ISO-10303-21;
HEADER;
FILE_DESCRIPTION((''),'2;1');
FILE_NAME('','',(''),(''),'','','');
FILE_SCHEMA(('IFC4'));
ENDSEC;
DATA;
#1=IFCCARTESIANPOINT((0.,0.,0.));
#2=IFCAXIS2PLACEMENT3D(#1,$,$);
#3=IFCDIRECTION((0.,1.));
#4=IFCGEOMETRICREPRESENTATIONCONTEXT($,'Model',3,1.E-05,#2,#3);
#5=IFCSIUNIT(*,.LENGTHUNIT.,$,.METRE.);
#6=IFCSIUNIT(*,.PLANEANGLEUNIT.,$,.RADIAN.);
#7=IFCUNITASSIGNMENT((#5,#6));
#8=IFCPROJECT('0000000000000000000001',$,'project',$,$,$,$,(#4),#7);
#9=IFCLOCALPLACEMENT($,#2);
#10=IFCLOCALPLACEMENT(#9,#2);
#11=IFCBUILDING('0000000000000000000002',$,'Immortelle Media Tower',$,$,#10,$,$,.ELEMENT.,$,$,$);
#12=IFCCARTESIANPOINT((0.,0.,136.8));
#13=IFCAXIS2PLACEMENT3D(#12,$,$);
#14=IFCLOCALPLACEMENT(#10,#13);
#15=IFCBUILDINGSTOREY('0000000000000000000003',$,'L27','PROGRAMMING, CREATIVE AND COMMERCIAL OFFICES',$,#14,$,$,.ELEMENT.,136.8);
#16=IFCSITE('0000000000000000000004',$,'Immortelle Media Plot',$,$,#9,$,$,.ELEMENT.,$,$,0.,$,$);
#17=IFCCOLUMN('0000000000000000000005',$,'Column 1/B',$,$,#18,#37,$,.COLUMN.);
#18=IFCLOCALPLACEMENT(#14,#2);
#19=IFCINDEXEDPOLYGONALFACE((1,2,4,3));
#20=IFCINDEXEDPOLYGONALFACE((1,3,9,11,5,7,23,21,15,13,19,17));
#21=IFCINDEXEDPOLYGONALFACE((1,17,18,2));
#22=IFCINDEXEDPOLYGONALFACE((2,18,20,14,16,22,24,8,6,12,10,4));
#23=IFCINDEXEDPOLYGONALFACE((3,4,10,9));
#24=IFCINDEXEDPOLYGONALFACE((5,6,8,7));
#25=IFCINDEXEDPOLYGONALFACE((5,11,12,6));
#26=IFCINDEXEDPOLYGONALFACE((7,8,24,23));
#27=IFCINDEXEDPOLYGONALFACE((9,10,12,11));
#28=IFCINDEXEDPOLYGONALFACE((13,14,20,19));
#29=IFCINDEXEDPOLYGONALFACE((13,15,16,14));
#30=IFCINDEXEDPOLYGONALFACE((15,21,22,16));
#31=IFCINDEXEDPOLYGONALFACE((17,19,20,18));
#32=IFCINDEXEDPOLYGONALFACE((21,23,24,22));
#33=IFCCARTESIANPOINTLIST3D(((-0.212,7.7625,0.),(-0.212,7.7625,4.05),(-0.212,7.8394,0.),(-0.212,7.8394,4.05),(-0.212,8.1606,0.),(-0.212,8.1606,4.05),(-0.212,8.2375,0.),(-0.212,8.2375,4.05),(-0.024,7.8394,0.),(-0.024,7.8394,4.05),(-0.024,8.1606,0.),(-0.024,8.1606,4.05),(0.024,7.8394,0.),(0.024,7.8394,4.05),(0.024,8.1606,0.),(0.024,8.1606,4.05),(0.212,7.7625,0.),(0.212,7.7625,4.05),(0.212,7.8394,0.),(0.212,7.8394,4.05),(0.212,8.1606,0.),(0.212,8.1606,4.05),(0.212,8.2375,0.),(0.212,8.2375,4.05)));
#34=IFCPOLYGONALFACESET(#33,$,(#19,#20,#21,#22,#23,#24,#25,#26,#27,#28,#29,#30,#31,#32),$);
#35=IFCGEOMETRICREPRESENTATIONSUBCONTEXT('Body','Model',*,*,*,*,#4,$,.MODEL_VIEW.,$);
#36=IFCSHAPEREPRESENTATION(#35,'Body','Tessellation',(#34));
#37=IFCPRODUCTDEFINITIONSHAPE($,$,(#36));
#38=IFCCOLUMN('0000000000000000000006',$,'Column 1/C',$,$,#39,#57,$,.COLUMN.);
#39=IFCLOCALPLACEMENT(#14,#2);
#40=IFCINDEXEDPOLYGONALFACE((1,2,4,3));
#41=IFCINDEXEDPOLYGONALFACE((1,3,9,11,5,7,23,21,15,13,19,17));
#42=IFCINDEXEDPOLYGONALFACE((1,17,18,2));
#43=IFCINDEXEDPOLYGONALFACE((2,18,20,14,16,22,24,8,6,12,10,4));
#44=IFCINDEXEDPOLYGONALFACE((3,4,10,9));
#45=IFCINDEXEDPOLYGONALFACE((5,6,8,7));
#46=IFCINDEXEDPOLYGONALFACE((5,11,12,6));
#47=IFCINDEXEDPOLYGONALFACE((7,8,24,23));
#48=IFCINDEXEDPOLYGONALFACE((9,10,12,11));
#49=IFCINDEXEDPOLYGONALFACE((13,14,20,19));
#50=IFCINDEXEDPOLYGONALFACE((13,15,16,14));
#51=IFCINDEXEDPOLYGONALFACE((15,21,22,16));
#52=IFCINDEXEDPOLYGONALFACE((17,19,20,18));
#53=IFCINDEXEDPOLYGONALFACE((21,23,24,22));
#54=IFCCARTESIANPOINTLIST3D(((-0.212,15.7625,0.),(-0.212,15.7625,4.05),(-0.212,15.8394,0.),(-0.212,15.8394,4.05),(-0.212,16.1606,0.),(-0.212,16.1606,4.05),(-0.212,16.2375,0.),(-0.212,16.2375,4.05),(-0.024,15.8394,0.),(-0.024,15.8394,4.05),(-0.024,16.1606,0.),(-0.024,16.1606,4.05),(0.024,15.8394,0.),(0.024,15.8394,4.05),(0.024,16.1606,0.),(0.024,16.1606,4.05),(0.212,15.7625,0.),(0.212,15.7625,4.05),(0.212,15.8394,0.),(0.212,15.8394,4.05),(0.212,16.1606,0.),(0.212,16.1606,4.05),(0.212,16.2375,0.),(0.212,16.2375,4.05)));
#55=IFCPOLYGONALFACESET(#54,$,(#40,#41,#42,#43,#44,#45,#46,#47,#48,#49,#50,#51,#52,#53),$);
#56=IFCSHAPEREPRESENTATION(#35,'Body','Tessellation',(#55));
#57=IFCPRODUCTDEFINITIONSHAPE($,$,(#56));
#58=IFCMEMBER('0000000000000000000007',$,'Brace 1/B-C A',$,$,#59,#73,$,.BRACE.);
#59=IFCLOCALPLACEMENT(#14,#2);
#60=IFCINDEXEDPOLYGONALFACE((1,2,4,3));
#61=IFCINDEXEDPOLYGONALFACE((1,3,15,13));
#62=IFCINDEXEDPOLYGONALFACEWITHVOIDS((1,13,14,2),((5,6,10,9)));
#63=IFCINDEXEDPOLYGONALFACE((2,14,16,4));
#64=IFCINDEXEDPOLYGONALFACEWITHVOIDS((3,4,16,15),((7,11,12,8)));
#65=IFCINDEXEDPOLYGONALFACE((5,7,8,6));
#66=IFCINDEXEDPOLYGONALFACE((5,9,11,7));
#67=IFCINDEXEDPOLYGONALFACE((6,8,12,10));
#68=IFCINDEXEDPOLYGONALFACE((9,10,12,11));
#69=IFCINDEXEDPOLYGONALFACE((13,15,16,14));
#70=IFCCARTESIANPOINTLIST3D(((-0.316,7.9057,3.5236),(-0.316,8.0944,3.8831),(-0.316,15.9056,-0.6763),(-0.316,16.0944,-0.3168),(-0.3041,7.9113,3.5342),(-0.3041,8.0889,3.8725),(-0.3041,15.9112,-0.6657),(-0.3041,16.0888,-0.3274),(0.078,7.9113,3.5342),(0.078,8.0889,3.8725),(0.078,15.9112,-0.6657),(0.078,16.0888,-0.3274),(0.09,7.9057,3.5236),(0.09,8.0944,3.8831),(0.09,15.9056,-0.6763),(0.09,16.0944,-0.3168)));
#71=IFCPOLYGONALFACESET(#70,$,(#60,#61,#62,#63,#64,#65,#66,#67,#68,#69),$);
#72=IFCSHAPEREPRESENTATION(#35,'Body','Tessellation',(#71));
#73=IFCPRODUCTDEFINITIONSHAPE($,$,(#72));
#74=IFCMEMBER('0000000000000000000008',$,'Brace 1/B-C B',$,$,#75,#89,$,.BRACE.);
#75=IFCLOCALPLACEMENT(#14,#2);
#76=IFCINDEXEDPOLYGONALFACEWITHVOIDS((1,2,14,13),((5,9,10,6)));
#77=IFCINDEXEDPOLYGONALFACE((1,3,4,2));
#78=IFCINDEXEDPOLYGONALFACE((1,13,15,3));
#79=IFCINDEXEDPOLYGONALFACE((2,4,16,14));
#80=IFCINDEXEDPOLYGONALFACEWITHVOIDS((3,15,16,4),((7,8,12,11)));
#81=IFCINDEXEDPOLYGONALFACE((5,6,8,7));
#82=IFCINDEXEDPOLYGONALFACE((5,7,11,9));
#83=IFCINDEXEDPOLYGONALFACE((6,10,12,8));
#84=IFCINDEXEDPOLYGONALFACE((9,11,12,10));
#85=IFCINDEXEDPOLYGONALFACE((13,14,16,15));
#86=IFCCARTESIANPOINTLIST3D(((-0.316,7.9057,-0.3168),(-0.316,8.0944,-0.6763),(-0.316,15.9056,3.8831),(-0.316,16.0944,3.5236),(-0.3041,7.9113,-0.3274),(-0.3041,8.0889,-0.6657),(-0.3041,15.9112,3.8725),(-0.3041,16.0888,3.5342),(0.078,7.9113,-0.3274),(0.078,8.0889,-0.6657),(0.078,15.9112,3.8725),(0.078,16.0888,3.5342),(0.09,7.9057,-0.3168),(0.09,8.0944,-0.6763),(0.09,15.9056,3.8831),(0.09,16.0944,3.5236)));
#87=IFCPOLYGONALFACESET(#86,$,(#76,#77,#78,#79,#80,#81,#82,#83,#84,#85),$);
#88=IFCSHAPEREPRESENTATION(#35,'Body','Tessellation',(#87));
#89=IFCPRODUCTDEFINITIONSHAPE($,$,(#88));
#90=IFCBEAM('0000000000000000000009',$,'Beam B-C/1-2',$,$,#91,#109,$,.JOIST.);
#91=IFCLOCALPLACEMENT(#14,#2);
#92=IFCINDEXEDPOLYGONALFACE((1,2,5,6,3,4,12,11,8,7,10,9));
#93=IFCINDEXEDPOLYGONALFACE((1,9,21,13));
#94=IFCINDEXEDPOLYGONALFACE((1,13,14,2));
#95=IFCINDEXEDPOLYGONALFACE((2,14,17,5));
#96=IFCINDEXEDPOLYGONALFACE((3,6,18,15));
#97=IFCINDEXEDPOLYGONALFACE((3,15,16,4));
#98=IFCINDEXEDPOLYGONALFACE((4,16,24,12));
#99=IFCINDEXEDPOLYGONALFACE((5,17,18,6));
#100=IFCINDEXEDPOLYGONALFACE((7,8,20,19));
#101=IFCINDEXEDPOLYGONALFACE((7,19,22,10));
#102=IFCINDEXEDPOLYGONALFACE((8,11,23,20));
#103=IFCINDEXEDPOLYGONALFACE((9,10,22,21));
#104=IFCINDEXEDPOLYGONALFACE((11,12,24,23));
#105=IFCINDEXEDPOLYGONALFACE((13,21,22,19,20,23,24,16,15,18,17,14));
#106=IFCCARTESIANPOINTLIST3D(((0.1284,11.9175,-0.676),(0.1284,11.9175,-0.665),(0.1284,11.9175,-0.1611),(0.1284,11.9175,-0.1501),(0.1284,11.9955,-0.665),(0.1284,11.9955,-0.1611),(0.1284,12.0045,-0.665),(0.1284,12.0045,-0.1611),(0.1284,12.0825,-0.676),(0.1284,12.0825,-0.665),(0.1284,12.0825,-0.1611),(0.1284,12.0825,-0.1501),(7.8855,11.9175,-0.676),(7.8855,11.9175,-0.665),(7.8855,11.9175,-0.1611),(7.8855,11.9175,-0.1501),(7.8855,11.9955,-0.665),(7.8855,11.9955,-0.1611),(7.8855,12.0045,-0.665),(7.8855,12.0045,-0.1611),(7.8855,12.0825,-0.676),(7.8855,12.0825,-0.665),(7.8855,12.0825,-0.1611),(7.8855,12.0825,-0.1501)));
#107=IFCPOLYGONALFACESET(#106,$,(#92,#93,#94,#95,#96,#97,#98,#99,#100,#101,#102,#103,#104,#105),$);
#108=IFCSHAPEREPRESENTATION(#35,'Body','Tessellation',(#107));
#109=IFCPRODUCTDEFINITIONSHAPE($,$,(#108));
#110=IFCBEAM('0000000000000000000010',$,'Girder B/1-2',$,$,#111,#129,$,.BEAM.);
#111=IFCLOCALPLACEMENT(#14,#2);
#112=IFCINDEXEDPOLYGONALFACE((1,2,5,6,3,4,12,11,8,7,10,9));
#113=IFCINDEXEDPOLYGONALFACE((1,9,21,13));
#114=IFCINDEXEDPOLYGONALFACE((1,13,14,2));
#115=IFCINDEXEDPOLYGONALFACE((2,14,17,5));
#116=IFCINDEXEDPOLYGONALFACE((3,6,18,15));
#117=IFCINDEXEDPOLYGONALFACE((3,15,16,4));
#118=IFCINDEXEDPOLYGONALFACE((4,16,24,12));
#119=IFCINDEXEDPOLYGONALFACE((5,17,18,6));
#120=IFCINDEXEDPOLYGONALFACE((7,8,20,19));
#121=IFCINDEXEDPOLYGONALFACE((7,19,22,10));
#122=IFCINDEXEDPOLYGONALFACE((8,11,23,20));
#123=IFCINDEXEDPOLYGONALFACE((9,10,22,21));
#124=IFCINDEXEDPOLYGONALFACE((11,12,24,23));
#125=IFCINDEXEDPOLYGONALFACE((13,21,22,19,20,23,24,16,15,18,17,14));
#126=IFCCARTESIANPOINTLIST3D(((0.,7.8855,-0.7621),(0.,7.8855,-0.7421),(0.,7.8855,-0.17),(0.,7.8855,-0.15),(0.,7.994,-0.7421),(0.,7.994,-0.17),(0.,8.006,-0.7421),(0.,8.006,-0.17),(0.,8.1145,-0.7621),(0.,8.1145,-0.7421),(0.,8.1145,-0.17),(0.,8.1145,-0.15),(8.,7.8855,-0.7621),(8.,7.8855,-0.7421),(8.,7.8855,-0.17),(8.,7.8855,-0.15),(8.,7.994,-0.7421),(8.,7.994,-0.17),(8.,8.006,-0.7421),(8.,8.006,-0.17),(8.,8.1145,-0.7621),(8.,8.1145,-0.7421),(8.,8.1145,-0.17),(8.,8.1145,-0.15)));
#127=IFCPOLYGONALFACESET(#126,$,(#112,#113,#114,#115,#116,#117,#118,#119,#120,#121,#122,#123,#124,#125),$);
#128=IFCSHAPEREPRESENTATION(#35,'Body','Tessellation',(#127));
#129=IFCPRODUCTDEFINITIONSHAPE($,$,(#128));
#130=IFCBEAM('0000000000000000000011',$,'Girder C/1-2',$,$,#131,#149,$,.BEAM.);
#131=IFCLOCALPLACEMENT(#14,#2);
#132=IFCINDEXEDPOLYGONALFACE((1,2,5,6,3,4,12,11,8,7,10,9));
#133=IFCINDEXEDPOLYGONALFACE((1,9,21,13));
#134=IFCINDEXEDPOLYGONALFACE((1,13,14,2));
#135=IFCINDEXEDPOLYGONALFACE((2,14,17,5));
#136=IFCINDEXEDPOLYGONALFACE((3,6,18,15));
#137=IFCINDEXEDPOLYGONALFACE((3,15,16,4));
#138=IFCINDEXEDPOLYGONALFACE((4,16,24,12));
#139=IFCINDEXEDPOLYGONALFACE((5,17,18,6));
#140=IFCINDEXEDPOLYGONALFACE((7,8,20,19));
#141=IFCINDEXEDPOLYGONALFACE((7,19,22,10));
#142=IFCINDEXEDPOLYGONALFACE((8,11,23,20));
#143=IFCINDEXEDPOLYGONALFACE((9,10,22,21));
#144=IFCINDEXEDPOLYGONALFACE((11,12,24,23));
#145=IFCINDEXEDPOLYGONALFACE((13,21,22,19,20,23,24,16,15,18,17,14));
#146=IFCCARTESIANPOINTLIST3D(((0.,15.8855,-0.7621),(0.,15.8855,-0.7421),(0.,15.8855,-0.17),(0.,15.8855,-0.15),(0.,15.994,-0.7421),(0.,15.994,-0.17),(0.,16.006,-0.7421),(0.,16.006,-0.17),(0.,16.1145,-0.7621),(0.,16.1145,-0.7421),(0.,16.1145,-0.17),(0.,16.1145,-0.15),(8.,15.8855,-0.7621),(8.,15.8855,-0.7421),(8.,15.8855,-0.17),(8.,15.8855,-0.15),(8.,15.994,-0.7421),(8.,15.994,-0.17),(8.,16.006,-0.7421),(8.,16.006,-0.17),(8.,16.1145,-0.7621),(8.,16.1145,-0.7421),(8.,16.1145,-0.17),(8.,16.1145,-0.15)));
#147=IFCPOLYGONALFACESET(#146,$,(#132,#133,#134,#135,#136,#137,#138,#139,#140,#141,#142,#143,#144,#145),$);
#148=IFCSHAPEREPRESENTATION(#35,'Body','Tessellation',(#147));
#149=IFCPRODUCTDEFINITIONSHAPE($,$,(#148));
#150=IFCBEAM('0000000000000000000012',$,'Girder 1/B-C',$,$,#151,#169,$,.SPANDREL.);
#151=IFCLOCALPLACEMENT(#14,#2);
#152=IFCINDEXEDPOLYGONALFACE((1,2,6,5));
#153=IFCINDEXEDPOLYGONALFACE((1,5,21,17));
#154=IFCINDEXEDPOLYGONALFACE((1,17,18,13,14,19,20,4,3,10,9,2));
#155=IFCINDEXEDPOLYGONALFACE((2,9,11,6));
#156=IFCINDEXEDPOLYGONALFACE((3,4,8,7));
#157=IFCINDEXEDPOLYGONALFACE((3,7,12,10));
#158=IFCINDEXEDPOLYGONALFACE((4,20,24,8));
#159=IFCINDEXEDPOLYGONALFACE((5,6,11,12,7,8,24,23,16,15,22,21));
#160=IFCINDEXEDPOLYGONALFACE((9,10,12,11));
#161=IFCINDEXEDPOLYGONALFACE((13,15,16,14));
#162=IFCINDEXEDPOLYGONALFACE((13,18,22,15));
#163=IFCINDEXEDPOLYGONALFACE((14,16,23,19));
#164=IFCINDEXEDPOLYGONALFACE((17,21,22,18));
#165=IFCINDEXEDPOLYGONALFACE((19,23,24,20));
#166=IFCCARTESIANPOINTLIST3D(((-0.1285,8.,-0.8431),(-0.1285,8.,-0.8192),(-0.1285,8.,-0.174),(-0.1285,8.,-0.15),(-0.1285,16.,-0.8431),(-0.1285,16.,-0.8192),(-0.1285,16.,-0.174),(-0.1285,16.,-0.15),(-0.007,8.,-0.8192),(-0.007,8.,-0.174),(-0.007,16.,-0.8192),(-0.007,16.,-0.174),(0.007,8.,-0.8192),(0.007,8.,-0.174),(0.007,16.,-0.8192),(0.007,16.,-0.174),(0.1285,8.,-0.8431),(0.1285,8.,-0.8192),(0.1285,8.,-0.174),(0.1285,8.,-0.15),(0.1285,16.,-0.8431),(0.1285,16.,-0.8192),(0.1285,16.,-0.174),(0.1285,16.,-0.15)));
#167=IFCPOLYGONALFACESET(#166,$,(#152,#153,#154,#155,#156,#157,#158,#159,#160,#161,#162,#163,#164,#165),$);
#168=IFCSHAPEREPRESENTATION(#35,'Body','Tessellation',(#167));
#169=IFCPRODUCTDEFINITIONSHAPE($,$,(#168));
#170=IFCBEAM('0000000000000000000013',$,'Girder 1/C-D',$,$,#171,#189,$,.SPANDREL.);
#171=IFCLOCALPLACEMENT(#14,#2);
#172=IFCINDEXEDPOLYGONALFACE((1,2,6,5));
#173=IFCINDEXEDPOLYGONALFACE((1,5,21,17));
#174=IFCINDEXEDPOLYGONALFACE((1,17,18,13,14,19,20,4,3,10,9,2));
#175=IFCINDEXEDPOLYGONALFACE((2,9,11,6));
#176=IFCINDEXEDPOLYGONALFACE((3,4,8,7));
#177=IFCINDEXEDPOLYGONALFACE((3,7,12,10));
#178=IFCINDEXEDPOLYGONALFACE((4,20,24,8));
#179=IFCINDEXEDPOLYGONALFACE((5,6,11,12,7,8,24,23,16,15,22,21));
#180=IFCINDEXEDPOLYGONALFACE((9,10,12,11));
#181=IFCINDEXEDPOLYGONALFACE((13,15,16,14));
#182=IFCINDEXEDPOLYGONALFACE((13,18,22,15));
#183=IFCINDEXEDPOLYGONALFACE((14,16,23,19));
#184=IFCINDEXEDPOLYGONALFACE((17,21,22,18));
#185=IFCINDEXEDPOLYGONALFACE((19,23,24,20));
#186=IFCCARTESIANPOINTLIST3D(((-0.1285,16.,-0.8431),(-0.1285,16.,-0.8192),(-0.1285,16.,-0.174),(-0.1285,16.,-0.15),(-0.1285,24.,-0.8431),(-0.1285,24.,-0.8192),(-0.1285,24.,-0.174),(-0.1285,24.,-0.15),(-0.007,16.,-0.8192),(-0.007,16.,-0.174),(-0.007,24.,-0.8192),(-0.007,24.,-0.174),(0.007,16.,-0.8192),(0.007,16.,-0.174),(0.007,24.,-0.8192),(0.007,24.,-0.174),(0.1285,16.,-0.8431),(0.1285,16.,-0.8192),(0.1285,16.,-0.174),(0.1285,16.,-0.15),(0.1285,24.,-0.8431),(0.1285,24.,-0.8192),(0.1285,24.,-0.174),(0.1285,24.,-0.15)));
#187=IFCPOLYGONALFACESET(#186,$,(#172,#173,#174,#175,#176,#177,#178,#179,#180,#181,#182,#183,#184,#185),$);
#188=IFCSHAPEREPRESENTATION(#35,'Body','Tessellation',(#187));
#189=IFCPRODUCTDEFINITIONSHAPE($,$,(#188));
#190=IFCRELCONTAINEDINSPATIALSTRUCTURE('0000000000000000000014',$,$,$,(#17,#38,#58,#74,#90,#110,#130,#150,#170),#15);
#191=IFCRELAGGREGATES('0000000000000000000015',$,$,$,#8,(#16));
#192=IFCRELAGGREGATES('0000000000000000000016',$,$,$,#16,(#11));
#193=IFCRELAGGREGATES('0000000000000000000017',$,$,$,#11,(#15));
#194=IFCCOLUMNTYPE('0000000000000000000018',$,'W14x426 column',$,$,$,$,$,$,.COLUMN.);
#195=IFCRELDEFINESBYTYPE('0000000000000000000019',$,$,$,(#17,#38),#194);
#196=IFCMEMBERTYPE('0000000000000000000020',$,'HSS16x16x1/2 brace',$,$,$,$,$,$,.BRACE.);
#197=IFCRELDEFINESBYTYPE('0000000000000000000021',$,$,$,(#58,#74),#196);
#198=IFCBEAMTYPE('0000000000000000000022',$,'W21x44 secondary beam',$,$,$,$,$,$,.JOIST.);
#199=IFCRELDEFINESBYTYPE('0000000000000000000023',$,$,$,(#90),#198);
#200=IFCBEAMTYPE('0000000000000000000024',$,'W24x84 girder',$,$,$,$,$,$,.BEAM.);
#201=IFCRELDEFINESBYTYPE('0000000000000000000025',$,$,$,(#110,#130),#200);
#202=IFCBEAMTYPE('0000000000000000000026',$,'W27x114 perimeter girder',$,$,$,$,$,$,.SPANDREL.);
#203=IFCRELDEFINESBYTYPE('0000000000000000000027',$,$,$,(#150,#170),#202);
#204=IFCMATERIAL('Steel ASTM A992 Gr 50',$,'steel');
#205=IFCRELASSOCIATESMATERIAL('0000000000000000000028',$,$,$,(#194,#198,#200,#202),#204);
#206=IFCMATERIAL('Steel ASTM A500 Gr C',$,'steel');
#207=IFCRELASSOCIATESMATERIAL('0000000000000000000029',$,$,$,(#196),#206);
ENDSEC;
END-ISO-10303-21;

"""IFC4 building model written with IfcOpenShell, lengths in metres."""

from ifc_helpers import new_model, si_unit, direction, frame, origin, origin_2d, place, context, subcontext, project, spatial, hollow_rectangle, i_section, extrude, material, material_profile, profile_set, type_object, element, save


model = new_model("IFC4")

# Units and contexts
model_context = context("Model", 3, precision=1e-05, world=origin(), true_north=direction((0.0, 1.0)))
body_context = subcontext(model_context, "Body", "Model", "MODEL_VIEW")
ifc_project = project(units=[si_unit("LENGTHUNIT", "METRE"), si_unit("PLANEANGLEUNIT", "RADIAN")], contexts=[model_context])

# Site, building, storey
site_placement = place(None, origin())
site = spatial("IfcSite", under=ifc_project, at=site_placement, Name="Immortelle Media Plot", CompositionType="ELEMENT", RefElevation=0.0)
building_placement = place(site_placement, origin())
building = spatial("IfcBuilding", under=site, at=building_placement, Name="Immortelle Media Tower", CompositionType="ELEMENT")
storey_placement = place(building_placement, frame((0.0, 0.0, 136.8)))
storey = spatial("IfcBuildingStorey", under=building, at=storey_placement, Name="L27", Description="PROGRAMMING, CREATIVE AND COMMERCIAL OFFICES", CompositionType="ELEMENT", Elevation=136.8)

# Columns
ifc_material_1 = material(Name="Steel ASTM A992 Gr 50", Category="steel")
ifc_material_profile_1 = material_profile(ifc_material_1, i_section(OverallWidth=0.4241, OverallDepth=0.4751, WebThickness=0.0481, FlangeThickness=0.0769, at=origin_2d()), Name="W14x426")
ifc_profile_set_1 = profile_set([ifc_material_profile_1], Name="Steel ASTM A992 Gr 50")
column_type = type_object("IfcColumnType", Name="W14x426 column", PredefinedType="COLUMN", material=ifc_profile_set_1)
for number, where, z_axis, x_axis, name in (
    (1, (0.0, 8.0, 0.0), (0.0, 0.0, 1.0), (1.0, 0.0, 0.0), "Column 1/B"),
    (2, (0.0, 16.0, 0.0), (0.0, 0.0, 1.0), (1.0, 0.0, 0.0), "Column 1/C"),
):
    element("IfcColumn", number, at=place(storey_placement, frame(where, z_axis=z_axis, x_axis=x_axis)), inside=storey, type_object=column_type, Name=name, PredefinedType="COLUMN", context=body_context, shape_type="SweptSolid", body=[
        extrude(i_section(OverallWidth=0.4241, OverallDepth=0.4751, WebThickness=0.0481, FlangeThickness=0.0769, at=origin_2d()), origin(), (0.0, 0.0, 1.0), 4.05),
    ])

# Members
ifc_material_2 = material(Name="Steel ASTM A500 Gr C", Category="steel")
ifc_material_profile_2 = material_profile(ifc_material_2, hollow_rectangle(XDim=0.406, YDim=0.406, WallThickness=0.012, at=origin_2d()), Name="HSS16x16x1/2 brace")
ifc_profile_set_2 = profile_set([ifc_material_profile_2], Name="Steel ASTM A500 Gr C")
member_type = type_object("IfcMemberType", Name="HSS16x16x1/2 brace", PredefinedType="BRACE", material=ifc_profile_set_2)
for number, where, z_axis, x_axis, name in (
    (3, (-0.113, 16.0, -0.4966), (0.0, -0.8854, 0.46483), (1.0, 0.0, 0.0), "Brace 1/B-C A"),
    (4, (-0.113, 16.0, 3.7034), (0.0, -0.8854, -0.46483), (1.0, 0.0, 0.0), "Brace 1/B-C B"),
):
    element("IfcMember", number, at=place(storey_placement, frame(where, z_axis=z_axis, x_axis=x_axis)), inside=storey, type_object=member_type, Name=name, PredefinedType="BRACE", context=body_context, shape_type="SweptSolid", body=[
        extrude(hollow_rectangle(XDim=0.406, YDim=0.406, WallThickness=0.012, at=origin_2d()), origin(), (0.0, 0.0, 1.0), 9.0354),
    ])

# Beams
ifc_material_profile_3 = material_profile(ifc_material_1, i_section(OverallWidth=0.165, OverallDepth=0.5259, WebThickness=0.009, FlangeThickness=0.011, at=origin_2d()), Name="W21x44")
ifc_profile_set_3 = profile_set([ifc_material_profile_3], Name="Steel ASTM A992 Gr 50")
beam_type_1 = type_object("IfcBeamType", Name="W21x44 secondary beam", PredefinedType="JOIST", material=ifc_profile_set_3)
beam_placement = place(storey_placement, frame((0.1284, 12.0, -0.4131), z_axis=(1.0, 0.0, 0.0), x_axis=(0.0, 1.0, 0.0)))
element("IfcBeam", 5, at=beam_placement, inside=storey, type_object=beam_type_1, Name="Beam B-C/1-2", PredefinedType="JOIST", context=body_context, shape_type="SweptSolid", body=[
    extrude(i_section(OverallWidth=0.165, OverallDepth=0.5259, WebThickness=0.009, FlangeThickness=0.011, at=origin_2d()), origin(), (0.0, 0.0, 1.0), 7.7571),
])
ifc_material_profile_4 = material_profile(ifc_material_1, i_section(OverallWidth=0.229, OverallDepth=0.6121, WebThickness=0.012, FlangeThickness=0.02, at=origin_2d()), Name="W24x84")
ifc_profile_set_4 = profile_set([ifc_material_profile_4], Name="Steel ASTM A992 Gr 50")
beam_type_2 = type_object("IfcBeamType", Name="W24x84 girder", PredefinedType="BEAM", material=ifc_profile_set_4)
for number, where, z_axis, x_axis, name in (
    (6, (0.0, 8.0, -0.4561), (1.0, 0.0, 0.0), (0.0, 1.0, 0.0), "Girder B/1-2"),
    (7, (0.0, 16.0, -0.4561), (1.0, 0.0, 0.0), (0.0, 1.0, 0.0), "Girder C/1-2"),
):
    element("IfcBeam", number, at=place(storey_placement, frame(where, z_axis=z_axis, x_axis=x_axis)), inside=storey, type_object=beam_type_2, Name=name, PredefinedType="BEAM", context=body_context, shape_type="SweptSolid", body=[
        extrude(i_section(OverallWidth=0.229, OverallDepth=0.6121, WebThickness=0.012, FlangeThickness=0.02, at=origin_2d()), origin(), (0.0, 0.0, 1.0), 8.0),
    ])
ifc_material_profile_5 = material_profile(ifc_material_1, i_section(OverallWidth=0.2571, OverallDepth=0.6931, WebThickness=0.0139, FlangeThickness=0.0239, at=origin_2d()), Name="W27x114")
ifc_profile_set_5 = profile_set([ifc_material_profile_5], Name="Steel ASTM A992 Gr 50")
beam_type_3 = type_object("IfcBeamType", Name="W27x114 perimeter girder", PredefinedType="SPANDREL", material=ifc_profile_set_5)
for number, where, z_axis, x_axis, name in (
    (8, (0.0, 8.0, -0.4966), (0.0, 1.0, 0.0), (-1.0, 0.0, 0.0), "Girder 1/B-C"),
    (9, (0.0, 16.0, -0.4966), (0.0, 1.0, 0.0), (-1.0, 0.0, 0.0), "Girder 1/C-D"),
):
    element("IfcBeam", number, at=place(storey_placement, frame(where, z_axis=z_axis, x_axis=x_axis)), inside=storey, type_object=beam_type_3, Name=name, PredefinedType="SPANDREL", context=body_context, shape_type="SweptSolid", body=[
        extrude(i_section(OverallWidth=0.2571, OverallDepth=0.6931, WebThickness=0.0139, FlangeThickness=0.0239, at=origin_2d()), origin(), (0.0, 0.0, 1.0), 8.0),
    ])

save(model, "model.ifc")
